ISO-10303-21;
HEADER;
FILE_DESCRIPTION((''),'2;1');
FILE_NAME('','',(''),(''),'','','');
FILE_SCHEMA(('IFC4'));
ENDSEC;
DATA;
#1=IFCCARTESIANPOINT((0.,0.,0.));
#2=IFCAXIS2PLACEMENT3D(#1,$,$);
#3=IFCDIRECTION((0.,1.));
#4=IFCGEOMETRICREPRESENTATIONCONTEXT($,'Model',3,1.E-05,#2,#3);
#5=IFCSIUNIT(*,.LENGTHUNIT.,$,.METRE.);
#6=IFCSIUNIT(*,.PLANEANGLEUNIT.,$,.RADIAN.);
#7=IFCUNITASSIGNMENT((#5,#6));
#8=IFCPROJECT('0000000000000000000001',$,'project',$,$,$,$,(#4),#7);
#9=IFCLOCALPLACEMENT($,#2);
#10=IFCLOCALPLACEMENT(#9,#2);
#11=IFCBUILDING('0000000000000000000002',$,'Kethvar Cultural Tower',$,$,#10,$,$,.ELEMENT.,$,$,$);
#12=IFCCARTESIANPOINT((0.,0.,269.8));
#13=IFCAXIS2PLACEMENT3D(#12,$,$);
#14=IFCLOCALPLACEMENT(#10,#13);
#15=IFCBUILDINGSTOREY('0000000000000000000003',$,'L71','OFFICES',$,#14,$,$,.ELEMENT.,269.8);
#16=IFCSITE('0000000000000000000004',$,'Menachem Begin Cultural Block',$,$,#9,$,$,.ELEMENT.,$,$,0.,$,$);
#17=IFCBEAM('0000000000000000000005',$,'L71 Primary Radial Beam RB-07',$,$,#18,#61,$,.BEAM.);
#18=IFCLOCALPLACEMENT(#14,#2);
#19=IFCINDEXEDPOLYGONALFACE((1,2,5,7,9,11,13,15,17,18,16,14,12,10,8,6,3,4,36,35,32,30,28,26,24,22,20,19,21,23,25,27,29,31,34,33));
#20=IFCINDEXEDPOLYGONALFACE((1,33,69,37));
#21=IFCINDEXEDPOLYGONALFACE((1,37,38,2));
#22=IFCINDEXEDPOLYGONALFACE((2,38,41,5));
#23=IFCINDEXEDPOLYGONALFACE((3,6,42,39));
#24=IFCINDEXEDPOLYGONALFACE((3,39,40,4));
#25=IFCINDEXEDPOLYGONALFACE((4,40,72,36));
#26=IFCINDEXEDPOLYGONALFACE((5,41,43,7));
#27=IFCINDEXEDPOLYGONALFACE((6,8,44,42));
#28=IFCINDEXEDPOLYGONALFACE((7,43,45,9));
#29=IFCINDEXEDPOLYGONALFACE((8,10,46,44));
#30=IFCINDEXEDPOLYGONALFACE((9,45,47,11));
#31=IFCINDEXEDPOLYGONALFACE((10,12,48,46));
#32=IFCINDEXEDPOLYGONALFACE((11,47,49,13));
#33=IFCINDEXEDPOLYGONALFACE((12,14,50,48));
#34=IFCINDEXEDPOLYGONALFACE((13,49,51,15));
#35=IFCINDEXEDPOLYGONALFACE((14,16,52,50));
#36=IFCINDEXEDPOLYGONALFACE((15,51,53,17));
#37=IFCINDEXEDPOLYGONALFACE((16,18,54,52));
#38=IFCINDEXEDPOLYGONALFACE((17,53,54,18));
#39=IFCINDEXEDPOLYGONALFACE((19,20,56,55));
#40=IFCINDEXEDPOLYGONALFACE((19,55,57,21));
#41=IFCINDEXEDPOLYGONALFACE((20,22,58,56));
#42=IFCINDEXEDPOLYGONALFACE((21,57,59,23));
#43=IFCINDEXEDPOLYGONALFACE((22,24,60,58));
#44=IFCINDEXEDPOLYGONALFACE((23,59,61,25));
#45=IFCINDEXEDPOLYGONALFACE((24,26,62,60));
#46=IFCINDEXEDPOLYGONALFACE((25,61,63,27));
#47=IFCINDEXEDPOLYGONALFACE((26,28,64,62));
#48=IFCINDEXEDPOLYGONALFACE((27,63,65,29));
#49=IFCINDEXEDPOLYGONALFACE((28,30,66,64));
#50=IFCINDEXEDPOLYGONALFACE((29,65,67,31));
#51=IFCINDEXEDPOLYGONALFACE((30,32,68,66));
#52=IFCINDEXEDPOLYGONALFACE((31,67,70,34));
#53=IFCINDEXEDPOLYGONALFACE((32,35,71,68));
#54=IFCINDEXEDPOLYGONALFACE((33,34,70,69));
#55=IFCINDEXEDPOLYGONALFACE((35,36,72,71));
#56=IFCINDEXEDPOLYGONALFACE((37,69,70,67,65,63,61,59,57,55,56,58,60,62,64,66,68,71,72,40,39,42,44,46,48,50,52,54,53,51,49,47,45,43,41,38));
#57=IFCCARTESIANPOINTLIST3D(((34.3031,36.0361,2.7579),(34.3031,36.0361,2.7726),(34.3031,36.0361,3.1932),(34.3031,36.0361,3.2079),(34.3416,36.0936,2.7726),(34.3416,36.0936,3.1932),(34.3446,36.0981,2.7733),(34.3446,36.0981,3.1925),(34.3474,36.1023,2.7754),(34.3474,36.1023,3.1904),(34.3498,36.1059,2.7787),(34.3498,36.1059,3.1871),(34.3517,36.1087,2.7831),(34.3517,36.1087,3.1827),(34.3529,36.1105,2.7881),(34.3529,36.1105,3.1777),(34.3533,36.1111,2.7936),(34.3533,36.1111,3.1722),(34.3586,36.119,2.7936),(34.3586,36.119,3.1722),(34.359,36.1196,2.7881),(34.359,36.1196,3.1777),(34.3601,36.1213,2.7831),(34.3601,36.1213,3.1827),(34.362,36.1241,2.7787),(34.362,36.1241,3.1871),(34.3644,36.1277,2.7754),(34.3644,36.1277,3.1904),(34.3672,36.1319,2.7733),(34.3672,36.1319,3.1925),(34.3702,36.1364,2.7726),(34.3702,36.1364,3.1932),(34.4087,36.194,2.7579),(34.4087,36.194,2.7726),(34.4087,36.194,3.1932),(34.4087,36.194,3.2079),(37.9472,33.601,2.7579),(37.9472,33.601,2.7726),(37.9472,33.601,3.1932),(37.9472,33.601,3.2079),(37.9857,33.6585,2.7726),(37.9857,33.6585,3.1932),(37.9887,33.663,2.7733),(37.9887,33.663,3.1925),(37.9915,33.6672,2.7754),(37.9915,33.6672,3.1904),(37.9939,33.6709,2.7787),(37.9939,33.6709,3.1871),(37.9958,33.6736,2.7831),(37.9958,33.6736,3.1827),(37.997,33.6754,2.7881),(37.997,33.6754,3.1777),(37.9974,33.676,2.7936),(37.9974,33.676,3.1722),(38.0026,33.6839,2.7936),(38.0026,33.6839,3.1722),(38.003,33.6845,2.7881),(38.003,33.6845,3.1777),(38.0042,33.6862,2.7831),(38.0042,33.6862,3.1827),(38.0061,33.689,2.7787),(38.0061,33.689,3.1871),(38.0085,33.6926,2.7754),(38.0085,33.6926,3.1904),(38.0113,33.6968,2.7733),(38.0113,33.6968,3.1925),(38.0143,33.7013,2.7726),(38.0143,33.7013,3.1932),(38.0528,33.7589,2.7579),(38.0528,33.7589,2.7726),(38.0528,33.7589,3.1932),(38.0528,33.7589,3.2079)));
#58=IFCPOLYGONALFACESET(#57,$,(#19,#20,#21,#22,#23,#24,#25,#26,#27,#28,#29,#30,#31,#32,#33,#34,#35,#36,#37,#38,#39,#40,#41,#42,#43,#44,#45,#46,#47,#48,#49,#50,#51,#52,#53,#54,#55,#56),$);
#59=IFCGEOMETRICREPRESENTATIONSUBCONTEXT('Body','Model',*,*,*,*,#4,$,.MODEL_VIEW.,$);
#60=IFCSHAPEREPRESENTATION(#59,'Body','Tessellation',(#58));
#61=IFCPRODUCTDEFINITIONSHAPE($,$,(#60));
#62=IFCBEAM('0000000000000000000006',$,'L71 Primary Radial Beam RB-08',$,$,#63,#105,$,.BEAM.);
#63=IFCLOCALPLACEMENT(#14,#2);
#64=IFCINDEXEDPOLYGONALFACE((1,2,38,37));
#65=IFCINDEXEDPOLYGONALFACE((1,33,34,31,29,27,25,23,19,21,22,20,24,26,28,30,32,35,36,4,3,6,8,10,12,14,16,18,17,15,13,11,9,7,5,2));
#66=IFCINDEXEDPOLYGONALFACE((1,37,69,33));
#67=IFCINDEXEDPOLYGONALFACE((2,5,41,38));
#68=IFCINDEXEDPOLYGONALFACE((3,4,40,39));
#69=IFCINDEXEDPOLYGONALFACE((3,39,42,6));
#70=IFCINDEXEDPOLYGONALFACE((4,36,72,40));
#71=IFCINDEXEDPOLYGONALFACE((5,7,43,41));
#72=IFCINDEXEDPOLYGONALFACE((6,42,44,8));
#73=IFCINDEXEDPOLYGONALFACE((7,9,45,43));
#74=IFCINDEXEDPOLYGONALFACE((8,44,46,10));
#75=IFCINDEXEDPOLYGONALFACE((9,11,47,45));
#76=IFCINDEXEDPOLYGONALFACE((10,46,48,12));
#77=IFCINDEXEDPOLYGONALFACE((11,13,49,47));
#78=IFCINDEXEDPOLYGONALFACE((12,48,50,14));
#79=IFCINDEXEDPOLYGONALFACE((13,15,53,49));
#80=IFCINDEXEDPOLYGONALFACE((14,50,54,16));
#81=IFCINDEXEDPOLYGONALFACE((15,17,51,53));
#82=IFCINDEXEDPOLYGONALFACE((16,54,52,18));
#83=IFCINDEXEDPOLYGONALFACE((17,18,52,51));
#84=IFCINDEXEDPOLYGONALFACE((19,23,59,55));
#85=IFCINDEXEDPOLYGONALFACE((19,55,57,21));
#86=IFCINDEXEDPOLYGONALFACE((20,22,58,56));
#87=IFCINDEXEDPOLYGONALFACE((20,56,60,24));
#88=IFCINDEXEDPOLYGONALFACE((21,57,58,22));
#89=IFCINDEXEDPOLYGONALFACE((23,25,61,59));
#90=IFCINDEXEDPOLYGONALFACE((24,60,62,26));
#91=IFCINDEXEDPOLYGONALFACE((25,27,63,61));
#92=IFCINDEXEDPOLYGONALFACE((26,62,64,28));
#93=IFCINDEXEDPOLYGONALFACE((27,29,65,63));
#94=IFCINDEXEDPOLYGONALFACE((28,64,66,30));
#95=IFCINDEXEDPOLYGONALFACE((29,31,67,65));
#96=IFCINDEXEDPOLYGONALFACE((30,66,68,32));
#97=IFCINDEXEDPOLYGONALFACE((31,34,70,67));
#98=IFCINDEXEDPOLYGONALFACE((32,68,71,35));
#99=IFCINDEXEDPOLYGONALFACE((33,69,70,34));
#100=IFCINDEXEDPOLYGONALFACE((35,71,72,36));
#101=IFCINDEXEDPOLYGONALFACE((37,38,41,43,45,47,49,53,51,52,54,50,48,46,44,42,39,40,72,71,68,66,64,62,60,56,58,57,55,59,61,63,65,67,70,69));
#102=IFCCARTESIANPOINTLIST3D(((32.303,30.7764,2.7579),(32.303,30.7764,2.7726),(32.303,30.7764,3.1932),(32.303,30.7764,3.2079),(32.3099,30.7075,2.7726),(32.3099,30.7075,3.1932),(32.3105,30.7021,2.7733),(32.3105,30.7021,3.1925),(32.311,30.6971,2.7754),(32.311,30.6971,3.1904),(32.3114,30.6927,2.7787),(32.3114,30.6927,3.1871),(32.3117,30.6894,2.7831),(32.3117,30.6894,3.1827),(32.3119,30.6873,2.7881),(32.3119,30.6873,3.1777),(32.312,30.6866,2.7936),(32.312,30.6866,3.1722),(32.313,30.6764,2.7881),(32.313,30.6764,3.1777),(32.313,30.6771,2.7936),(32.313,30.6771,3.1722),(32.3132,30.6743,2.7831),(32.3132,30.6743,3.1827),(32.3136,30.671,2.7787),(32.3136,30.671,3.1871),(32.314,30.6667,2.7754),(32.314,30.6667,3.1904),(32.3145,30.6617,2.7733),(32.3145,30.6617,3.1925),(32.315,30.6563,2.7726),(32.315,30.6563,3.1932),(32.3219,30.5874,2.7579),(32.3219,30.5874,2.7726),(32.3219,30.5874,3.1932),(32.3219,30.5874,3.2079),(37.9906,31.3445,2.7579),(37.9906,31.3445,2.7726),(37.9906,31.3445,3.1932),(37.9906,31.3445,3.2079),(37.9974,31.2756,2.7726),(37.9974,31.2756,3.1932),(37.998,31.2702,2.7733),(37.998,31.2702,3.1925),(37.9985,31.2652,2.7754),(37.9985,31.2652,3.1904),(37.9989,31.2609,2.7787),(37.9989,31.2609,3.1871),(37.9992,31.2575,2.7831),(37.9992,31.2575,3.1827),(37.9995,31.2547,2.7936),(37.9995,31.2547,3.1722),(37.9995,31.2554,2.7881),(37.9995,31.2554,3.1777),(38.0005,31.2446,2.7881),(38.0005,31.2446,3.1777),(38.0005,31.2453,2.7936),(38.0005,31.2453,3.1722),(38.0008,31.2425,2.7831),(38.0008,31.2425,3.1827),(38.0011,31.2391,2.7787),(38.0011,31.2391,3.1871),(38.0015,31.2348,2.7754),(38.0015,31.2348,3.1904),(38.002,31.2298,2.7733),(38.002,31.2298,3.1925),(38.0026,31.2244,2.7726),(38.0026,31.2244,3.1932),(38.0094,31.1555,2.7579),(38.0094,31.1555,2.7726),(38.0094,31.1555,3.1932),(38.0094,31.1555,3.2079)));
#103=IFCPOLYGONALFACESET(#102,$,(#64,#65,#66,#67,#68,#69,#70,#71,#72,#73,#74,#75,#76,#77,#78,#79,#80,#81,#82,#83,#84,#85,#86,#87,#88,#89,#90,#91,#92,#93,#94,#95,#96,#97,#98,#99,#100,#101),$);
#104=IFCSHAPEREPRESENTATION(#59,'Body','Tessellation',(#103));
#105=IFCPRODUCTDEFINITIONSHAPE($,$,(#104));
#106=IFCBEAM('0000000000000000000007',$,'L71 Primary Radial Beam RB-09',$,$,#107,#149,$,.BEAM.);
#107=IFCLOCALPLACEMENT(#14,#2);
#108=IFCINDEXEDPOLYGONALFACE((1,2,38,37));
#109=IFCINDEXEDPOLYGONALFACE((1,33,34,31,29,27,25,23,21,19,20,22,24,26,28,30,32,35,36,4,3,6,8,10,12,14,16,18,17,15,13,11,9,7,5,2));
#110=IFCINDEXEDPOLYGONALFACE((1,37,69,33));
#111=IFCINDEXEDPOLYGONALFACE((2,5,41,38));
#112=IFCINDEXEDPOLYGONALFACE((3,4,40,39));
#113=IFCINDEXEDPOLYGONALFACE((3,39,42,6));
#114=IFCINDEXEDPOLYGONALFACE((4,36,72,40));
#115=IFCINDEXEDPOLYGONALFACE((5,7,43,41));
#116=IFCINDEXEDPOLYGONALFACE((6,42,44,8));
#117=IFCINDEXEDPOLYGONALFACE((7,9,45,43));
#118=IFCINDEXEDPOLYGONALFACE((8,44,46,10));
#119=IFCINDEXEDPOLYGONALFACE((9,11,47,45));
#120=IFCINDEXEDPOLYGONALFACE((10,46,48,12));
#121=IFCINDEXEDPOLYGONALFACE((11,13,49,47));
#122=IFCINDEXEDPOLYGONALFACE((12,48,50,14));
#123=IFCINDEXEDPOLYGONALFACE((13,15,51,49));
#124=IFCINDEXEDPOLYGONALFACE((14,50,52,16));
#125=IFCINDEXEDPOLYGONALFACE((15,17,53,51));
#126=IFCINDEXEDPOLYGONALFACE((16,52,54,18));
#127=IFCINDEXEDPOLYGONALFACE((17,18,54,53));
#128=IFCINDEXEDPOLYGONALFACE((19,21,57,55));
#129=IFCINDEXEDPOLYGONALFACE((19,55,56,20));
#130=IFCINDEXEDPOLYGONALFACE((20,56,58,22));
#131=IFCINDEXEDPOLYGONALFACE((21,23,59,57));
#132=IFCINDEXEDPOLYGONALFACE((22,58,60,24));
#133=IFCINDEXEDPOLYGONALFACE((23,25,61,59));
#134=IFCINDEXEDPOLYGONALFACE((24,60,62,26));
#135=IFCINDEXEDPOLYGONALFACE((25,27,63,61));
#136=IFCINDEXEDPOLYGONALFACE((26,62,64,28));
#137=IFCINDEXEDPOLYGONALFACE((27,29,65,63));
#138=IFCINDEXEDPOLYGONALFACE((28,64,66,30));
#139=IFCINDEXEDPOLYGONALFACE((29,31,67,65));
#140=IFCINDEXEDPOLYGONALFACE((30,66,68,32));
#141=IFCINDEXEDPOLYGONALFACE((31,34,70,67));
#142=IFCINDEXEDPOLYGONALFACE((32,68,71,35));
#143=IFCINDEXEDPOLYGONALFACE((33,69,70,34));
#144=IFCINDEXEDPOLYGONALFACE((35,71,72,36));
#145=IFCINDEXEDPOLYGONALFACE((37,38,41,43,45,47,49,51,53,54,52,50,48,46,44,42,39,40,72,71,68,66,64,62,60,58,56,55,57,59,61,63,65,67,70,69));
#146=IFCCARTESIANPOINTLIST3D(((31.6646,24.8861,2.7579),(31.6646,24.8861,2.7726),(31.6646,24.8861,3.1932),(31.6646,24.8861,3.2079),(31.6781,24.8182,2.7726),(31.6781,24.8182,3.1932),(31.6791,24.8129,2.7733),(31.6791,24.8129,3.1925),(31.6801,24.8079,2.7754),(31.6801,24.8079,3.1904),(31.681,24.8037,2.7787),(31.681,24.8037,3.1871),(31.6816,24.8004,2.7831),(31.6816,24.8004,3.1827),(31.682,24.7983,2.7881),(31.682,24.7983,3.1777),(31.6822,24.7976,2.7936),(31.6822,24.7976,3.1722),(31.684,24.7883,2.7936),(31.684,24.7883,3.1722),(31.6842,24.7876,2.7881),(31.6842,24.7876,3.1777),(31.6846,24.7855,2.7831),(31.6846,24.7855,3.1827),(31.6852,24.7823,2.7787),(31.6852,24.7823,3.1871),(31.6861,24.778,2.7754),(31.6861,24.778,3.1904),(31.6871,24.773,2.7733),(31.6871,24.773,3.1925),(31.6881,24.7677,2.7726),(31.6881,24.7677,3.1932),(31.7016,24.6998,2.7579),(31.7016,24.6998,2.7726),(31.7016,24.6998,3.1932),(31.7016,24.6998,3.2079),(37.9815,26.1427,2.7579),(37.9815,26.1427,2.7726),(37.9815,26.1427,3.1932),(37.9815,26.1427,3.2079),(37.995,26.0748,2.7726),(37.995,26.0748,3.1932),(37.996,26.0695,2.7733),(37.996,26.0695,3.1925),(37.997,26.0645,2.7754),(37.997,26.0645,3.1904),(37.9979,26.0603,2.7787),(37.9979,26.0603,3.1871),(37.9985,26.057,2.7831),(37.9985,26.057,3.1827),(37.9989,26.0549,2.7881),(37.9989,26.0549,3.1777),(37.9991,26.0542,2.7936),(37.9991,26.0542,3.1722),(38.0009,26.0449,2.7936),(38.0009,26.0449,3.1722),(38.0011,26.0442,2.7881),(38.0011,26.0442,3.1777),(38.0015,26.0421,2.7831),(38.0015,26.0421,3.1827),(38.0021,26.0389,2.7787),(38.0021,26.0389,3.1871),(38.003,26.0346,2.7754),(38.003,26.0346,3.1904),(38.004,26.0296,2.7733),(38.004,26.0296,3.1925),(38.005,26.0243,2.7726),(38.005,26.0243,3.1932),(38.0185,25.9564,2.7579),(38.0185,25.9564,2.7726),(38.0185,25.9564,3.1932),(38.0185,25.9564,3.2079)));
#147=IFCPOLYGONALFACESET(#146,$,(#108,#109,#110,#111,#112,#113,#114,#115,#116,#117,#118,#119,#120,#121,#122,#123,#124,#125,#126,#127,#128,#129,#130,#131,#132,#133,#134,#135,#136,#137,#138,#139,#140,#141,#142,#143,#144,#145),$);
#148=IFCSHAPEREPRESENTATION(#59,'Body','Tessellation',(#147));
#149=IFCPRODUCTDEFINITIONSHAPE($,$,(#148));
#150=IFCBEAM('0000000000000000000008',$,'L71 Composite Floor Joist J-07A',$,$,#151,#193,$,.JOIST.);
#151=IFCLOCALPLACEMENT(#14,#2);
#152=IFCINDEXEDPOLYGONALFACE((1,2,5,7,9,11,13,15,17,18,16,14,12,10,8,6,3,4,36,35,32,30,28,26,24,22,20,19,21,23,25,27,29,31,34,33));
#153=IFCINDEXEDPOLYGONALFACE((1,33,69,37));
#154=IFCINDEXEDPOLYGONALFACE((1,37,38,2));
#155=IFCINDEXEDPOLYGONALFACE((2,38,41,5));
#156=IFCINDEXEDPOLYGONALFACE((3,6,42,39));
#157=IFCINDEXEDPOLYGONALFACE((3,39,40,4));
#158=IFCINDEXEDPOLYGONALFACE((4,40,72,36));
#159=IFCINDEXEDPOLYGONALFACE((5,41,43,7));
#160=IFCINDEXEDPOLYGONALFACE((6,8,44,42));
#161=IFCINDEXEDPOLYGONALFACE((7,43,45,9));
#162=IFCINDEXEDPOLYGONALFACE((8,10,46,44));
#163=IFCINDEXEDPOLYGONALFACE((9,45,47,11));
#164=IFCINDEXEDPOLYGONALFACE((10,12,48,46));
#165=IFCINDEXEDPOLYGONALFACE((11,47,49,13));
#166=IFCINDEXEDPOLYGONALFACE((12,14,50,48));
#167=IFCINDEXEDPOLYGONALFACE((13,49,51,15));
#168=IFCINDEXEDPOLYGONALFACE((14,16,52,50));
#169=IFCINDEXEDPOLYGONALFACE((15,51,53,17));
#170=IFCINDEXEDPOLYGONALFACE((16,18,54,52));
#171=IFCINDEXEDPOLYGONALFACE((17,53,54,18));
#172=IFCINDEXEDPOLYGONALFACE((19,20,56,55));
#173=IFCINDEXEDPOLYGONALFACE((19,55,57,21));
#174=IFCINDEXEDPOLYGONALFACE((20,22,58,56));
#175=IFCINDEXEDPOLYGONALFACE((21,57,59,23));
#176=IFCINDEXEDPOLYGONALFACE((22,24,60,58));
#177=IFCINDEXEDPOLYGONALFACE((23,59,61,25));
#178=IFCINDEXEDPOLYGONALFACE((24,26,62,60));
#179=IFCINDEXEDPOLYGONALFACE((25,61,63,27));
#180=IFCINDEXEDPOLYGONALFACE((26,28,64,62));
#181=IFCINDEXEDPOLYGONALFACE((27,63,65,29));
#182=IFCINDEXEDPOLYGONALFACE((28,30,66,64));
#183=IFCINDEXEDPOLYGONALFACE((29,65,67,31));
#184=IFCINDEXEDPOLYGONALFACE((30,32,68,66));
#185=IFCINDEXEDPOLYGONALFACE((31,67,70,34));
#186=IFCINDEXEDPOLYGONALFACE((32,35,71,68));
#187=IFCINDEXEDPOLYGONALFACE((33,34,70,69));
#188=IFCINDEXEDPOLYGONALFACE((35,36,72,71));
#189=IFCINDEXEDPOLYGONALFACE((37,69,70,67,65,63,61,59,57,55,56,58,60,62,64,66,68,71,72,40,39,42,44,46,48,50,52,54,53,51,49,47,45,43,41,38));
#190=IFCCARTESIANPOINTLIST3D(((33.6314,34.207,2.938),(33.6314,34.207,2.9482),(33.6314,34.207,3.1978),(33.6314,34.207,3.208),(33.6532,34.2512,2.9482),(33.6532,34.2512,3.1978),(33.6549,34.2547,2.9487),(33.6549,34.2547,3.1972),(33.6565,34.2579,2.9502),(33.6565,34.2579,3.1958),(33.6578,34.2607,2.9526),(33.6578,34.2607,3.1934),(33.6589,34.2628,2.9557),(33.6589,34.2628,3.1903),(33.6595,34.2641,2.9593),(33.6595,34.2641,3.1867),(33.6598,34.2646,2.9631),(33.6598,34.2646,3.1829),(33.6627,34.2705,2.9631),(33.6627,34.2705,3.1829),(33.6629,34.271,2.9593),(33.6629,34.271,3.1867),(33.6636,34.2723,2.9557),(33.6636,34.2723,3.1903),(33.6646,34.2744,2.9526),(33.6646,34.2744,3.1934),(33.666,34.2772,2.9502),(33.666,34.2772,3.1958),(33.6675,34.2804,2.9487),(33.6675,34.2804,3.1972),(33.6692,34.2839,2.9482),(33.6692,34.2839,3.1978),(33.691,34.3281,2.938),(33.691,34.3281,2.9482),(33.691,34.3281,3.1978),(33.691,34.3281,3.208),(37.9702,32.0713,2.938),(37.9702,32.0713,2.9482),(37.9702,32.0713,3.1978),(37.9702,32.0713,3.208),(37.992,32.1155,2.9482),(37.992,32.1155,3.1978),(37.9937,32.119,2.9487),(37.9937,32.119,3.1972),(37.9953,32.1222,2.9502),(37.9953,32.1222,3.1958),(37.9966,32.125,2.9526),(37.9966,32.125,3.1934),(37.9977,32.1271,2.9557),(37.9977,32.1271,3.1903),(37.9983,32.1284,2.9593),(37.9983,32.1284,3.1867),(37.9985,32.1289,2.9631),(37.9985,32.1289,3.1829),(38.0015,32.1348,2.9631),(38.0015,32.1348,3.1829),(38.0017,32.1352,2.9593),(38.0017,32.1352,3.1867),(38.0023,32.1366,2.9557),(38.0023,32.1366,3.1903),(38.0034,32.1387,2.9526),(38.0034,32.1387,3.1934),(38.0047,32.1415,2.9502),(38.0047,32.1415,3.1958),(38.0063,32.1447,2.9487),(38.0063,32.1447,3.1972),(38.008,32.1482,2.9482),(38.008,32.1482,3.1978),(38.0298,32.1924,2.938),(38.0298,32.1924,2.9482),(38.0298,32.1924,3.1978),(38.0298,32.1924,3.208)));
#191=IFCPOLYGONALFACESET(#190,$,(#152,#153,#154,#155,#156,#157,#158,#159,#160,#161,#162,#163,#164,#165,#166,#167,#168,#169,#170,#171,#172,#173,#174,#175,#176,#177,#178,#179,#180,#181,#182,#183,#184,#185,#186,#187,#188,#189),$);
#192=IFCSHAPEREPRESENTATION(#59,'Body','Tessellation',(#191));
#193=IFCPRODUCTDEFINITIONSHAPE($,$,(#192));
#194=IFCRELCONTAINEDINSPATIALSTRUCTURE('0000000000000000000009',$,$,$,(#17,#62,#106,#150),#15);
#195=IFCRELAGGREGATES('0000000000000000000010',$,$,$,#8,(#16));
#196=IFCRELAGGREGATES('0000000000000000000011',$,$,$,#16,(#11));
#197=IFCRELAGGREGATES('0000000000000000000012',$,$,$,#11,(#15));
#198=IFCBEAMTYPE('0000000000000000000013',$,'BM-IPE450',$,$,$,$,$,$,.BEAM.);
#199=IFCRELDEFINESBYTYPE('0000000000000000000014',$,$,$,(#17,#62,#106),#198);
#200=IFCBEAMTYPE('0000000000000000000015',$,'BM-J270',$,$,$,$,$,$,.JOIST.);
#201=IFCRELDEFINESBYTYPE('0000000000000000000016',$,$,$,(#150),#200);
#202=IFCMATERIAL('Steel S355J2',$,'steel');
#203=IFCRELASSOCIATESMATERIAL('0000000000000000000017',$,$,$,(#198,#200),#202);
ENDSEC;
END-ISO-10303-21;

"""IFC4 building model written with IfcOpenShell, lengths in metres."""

from ifc_helpers import new_model, si_unit, direction, frame, origin, origin_2d, place, context, subcontext, project, spatial, i_section, extrude, source, transform, mapped, material, material_profile, profile_set, type_object, element, save


model = new_model("IFC4")

# Units and contexts
model_context = context("Model", 3, precision=1e-05, world=origin(), true_north=direction((0.0, 1.0)))
body_context = subcontext(model_context, "Body", "Model", "MODEL_VIEW")
ifc_project = project(units=[si_unit("LENGTHUNIT", "METRE"), si_unit("PLANEANGLEUNIT", "RADIAN")], contexts=[model_context])

# Site, building, storey
site_placement = place(None, origin())
site = spatial("IfcSite", under=ifc_project, at=site_placement, Name="Menachem Begin Cultural Block", CompositionType="ELEMENT", RefElevation=0.0)
building_placement = place(site_placement, origin())
building = spatial("IfcBuilding", under=site, at=building_placement, Name="Kethvar Cultural Tower", CompositionType="ELEMENT")
storey_placement = place(building_placement, frame((0.0, 0.0, 269.8)))
storey = spatial("IfcBuildingStorey", under=building, at=storey_placement, Name="L71", Description="OFFICES", CompositionType="ELEMENT", Elevation=269.8)

# Beams
ifc_material_1 = material(Name="Steel S355J2", Category="steel")
ifc_material_profile_1 = material_profile(ifc_material_1, i_section(OverallWidth=0.1899, OverallDepth=0.45, WebThickness=0.0095, FlangeThickness=0.0146, FilletRadius=0.021, at=origin_2d()), Name="Steel S355J2 — IPE450")
ifc_profile_set_1 = profile_set([ifc_material_profile_1], Name="Steel S355J2 — IPE450")
beam_type_1 = type_object("IfcBeamType", Name="BM-IPE450", PredefinedType="BEAM", material=ifc_profile_set_1)
shared_shape_1 = source(origin(), body_context, "Body", "SweptSolid", [
    extrude(i_section(OverallWidth=0.1899, OverallDepth=0.45, WebThickness=0.0095, FlangeThickness=0.0146, FilletRadius=0.021, at=origin_2d()), origin(), (0.0, 0.0, 1.0), 4.3828),
])
beam_1_placement = place(storey_placement, frame((38.0, 33.6799, 2.9829), z_axis=(-0.83145, 0.5556, 0.0), x_axis=(-0.5556, -0.83145, 0.0)))
element("IfcBeam", 1, at=beam_1_placement, inside=storey, type_object=beam_type_1, Name="L71 Primary Radial Beam RB-07", PredefinedType="BEAM", context=body_context, shape_type="MappedRepresentation", body=[
    mapped(shared_shape_1, transform((0.0, 0.0, 0.0), scale=1.0)),
])
shared_shape_2 = source(origin(), body_context, "Body", "SweptSolid", [
    extrude(i_section(OverallWidth=0.1899, OverallDepth=0.45, WebThickness=0.0095, FlangeThickness=0.0146, FilletRadius=0.021, at=origin_2d()), origin(), (0.0, 0.0, 1.0), 5.7158),
])
beam_2_placement = place(storey_placement, frame((38.0, 31.25, 2.9829), z_axis=(-0.995048, -0.099394, 0.0), x_axis=(0.099394, -0.995048, 0.0)))
element("IfcBeam", 2, at=beam_2_placement, inside=storey, type_object=beam_type_1, Name="L71 Primary Radial Beam RB-08", PredefinedType="BEAM", context=body_context, shape_type="MappedRepresentation", body=[
    mapped(shared_shape_2, transform((0.0, 0.0, 0.0), scale=1.0)),
])
shared_shape_3 = source(origin(), body_context, "Body", "SweptSolid", [
    extrude(i_section(OverallWidth=0.1899, OverallDepth=0.45, WebThickness=0.0095, FlangeThickness=0.0146, FilletRadius=0.021, at=origin_2d()), origin(), (0.0, 0.0, 1.0), 6.4407),
])
beam_3_placement = place(storey_placement, frame((38.0, 26.0496, 2.9829), z_axis=(-0.980783, -0.195103, 0.0), x_axis=(0.195103, -0.980783, 0.0)))
element("IfcBeam", 3, at=beam_3_placement, inside=storey, type_object=beam_type_1, Name="L71 Primary Radial Beam RB-09", PredefinedType="BEAM", context=body_context, shape_type="MappedRepresentation", body=[
    mapped(shared_shape_3, transform((0.0, 0.0, 0.0), scale=1.0)),
])
ifc_material_profile_2 = material_profile(ifc_material_1, i_section(OverallWidth=0.135, OverallDepth=0.27, WebThickness=0.0066, FlangeThickness=0.0103, FilletRadius=0.0149, at=origin_2d()), Name="Steel S355J2 — IPE270")
ifc_profile_set_2 = profile_set([ifc_material_profile_2], Name="Steel S355J2 — IPE270")
beam_type_2 = type_object("IfcBeamType", Name="BM-J270", PredefinedType="JOIST", material=ifc_profile_set_2)
shared_shape_4 = source(origin(), body_context, "Body", "SweptSolid", [
    extrude(i_section(OverallWidth=0.135, OverallDepth=0.27, WebThickness=0.0066, FlangeThickness=0.0103, FilletRadius=0.0149, at=origin_2d()), origin(), (0.0, 0.0, 1.0), 4.8359),
])
beam_4_placement = place(storey_placement, frame((38.0, 32.1318, 3.073), z_axis=(-0.897197, 0.441632, 0.0), x_axis=(-0.441632, -0.897197, 0.0)))
element("IfcBeam", 4, at=beam_4_placement, inside=storey, type_object=beam_type_2, Name="L71 Composite Floor Joist J-07A", PredefinedType="JOIST", context=body_context, shape_type="MappedRepresentation", body=[
    mapped(shared_shape_4, transform((0.0, 0.0, 0.0), scale=1.0)),
])

save(model, "model.ifc")
